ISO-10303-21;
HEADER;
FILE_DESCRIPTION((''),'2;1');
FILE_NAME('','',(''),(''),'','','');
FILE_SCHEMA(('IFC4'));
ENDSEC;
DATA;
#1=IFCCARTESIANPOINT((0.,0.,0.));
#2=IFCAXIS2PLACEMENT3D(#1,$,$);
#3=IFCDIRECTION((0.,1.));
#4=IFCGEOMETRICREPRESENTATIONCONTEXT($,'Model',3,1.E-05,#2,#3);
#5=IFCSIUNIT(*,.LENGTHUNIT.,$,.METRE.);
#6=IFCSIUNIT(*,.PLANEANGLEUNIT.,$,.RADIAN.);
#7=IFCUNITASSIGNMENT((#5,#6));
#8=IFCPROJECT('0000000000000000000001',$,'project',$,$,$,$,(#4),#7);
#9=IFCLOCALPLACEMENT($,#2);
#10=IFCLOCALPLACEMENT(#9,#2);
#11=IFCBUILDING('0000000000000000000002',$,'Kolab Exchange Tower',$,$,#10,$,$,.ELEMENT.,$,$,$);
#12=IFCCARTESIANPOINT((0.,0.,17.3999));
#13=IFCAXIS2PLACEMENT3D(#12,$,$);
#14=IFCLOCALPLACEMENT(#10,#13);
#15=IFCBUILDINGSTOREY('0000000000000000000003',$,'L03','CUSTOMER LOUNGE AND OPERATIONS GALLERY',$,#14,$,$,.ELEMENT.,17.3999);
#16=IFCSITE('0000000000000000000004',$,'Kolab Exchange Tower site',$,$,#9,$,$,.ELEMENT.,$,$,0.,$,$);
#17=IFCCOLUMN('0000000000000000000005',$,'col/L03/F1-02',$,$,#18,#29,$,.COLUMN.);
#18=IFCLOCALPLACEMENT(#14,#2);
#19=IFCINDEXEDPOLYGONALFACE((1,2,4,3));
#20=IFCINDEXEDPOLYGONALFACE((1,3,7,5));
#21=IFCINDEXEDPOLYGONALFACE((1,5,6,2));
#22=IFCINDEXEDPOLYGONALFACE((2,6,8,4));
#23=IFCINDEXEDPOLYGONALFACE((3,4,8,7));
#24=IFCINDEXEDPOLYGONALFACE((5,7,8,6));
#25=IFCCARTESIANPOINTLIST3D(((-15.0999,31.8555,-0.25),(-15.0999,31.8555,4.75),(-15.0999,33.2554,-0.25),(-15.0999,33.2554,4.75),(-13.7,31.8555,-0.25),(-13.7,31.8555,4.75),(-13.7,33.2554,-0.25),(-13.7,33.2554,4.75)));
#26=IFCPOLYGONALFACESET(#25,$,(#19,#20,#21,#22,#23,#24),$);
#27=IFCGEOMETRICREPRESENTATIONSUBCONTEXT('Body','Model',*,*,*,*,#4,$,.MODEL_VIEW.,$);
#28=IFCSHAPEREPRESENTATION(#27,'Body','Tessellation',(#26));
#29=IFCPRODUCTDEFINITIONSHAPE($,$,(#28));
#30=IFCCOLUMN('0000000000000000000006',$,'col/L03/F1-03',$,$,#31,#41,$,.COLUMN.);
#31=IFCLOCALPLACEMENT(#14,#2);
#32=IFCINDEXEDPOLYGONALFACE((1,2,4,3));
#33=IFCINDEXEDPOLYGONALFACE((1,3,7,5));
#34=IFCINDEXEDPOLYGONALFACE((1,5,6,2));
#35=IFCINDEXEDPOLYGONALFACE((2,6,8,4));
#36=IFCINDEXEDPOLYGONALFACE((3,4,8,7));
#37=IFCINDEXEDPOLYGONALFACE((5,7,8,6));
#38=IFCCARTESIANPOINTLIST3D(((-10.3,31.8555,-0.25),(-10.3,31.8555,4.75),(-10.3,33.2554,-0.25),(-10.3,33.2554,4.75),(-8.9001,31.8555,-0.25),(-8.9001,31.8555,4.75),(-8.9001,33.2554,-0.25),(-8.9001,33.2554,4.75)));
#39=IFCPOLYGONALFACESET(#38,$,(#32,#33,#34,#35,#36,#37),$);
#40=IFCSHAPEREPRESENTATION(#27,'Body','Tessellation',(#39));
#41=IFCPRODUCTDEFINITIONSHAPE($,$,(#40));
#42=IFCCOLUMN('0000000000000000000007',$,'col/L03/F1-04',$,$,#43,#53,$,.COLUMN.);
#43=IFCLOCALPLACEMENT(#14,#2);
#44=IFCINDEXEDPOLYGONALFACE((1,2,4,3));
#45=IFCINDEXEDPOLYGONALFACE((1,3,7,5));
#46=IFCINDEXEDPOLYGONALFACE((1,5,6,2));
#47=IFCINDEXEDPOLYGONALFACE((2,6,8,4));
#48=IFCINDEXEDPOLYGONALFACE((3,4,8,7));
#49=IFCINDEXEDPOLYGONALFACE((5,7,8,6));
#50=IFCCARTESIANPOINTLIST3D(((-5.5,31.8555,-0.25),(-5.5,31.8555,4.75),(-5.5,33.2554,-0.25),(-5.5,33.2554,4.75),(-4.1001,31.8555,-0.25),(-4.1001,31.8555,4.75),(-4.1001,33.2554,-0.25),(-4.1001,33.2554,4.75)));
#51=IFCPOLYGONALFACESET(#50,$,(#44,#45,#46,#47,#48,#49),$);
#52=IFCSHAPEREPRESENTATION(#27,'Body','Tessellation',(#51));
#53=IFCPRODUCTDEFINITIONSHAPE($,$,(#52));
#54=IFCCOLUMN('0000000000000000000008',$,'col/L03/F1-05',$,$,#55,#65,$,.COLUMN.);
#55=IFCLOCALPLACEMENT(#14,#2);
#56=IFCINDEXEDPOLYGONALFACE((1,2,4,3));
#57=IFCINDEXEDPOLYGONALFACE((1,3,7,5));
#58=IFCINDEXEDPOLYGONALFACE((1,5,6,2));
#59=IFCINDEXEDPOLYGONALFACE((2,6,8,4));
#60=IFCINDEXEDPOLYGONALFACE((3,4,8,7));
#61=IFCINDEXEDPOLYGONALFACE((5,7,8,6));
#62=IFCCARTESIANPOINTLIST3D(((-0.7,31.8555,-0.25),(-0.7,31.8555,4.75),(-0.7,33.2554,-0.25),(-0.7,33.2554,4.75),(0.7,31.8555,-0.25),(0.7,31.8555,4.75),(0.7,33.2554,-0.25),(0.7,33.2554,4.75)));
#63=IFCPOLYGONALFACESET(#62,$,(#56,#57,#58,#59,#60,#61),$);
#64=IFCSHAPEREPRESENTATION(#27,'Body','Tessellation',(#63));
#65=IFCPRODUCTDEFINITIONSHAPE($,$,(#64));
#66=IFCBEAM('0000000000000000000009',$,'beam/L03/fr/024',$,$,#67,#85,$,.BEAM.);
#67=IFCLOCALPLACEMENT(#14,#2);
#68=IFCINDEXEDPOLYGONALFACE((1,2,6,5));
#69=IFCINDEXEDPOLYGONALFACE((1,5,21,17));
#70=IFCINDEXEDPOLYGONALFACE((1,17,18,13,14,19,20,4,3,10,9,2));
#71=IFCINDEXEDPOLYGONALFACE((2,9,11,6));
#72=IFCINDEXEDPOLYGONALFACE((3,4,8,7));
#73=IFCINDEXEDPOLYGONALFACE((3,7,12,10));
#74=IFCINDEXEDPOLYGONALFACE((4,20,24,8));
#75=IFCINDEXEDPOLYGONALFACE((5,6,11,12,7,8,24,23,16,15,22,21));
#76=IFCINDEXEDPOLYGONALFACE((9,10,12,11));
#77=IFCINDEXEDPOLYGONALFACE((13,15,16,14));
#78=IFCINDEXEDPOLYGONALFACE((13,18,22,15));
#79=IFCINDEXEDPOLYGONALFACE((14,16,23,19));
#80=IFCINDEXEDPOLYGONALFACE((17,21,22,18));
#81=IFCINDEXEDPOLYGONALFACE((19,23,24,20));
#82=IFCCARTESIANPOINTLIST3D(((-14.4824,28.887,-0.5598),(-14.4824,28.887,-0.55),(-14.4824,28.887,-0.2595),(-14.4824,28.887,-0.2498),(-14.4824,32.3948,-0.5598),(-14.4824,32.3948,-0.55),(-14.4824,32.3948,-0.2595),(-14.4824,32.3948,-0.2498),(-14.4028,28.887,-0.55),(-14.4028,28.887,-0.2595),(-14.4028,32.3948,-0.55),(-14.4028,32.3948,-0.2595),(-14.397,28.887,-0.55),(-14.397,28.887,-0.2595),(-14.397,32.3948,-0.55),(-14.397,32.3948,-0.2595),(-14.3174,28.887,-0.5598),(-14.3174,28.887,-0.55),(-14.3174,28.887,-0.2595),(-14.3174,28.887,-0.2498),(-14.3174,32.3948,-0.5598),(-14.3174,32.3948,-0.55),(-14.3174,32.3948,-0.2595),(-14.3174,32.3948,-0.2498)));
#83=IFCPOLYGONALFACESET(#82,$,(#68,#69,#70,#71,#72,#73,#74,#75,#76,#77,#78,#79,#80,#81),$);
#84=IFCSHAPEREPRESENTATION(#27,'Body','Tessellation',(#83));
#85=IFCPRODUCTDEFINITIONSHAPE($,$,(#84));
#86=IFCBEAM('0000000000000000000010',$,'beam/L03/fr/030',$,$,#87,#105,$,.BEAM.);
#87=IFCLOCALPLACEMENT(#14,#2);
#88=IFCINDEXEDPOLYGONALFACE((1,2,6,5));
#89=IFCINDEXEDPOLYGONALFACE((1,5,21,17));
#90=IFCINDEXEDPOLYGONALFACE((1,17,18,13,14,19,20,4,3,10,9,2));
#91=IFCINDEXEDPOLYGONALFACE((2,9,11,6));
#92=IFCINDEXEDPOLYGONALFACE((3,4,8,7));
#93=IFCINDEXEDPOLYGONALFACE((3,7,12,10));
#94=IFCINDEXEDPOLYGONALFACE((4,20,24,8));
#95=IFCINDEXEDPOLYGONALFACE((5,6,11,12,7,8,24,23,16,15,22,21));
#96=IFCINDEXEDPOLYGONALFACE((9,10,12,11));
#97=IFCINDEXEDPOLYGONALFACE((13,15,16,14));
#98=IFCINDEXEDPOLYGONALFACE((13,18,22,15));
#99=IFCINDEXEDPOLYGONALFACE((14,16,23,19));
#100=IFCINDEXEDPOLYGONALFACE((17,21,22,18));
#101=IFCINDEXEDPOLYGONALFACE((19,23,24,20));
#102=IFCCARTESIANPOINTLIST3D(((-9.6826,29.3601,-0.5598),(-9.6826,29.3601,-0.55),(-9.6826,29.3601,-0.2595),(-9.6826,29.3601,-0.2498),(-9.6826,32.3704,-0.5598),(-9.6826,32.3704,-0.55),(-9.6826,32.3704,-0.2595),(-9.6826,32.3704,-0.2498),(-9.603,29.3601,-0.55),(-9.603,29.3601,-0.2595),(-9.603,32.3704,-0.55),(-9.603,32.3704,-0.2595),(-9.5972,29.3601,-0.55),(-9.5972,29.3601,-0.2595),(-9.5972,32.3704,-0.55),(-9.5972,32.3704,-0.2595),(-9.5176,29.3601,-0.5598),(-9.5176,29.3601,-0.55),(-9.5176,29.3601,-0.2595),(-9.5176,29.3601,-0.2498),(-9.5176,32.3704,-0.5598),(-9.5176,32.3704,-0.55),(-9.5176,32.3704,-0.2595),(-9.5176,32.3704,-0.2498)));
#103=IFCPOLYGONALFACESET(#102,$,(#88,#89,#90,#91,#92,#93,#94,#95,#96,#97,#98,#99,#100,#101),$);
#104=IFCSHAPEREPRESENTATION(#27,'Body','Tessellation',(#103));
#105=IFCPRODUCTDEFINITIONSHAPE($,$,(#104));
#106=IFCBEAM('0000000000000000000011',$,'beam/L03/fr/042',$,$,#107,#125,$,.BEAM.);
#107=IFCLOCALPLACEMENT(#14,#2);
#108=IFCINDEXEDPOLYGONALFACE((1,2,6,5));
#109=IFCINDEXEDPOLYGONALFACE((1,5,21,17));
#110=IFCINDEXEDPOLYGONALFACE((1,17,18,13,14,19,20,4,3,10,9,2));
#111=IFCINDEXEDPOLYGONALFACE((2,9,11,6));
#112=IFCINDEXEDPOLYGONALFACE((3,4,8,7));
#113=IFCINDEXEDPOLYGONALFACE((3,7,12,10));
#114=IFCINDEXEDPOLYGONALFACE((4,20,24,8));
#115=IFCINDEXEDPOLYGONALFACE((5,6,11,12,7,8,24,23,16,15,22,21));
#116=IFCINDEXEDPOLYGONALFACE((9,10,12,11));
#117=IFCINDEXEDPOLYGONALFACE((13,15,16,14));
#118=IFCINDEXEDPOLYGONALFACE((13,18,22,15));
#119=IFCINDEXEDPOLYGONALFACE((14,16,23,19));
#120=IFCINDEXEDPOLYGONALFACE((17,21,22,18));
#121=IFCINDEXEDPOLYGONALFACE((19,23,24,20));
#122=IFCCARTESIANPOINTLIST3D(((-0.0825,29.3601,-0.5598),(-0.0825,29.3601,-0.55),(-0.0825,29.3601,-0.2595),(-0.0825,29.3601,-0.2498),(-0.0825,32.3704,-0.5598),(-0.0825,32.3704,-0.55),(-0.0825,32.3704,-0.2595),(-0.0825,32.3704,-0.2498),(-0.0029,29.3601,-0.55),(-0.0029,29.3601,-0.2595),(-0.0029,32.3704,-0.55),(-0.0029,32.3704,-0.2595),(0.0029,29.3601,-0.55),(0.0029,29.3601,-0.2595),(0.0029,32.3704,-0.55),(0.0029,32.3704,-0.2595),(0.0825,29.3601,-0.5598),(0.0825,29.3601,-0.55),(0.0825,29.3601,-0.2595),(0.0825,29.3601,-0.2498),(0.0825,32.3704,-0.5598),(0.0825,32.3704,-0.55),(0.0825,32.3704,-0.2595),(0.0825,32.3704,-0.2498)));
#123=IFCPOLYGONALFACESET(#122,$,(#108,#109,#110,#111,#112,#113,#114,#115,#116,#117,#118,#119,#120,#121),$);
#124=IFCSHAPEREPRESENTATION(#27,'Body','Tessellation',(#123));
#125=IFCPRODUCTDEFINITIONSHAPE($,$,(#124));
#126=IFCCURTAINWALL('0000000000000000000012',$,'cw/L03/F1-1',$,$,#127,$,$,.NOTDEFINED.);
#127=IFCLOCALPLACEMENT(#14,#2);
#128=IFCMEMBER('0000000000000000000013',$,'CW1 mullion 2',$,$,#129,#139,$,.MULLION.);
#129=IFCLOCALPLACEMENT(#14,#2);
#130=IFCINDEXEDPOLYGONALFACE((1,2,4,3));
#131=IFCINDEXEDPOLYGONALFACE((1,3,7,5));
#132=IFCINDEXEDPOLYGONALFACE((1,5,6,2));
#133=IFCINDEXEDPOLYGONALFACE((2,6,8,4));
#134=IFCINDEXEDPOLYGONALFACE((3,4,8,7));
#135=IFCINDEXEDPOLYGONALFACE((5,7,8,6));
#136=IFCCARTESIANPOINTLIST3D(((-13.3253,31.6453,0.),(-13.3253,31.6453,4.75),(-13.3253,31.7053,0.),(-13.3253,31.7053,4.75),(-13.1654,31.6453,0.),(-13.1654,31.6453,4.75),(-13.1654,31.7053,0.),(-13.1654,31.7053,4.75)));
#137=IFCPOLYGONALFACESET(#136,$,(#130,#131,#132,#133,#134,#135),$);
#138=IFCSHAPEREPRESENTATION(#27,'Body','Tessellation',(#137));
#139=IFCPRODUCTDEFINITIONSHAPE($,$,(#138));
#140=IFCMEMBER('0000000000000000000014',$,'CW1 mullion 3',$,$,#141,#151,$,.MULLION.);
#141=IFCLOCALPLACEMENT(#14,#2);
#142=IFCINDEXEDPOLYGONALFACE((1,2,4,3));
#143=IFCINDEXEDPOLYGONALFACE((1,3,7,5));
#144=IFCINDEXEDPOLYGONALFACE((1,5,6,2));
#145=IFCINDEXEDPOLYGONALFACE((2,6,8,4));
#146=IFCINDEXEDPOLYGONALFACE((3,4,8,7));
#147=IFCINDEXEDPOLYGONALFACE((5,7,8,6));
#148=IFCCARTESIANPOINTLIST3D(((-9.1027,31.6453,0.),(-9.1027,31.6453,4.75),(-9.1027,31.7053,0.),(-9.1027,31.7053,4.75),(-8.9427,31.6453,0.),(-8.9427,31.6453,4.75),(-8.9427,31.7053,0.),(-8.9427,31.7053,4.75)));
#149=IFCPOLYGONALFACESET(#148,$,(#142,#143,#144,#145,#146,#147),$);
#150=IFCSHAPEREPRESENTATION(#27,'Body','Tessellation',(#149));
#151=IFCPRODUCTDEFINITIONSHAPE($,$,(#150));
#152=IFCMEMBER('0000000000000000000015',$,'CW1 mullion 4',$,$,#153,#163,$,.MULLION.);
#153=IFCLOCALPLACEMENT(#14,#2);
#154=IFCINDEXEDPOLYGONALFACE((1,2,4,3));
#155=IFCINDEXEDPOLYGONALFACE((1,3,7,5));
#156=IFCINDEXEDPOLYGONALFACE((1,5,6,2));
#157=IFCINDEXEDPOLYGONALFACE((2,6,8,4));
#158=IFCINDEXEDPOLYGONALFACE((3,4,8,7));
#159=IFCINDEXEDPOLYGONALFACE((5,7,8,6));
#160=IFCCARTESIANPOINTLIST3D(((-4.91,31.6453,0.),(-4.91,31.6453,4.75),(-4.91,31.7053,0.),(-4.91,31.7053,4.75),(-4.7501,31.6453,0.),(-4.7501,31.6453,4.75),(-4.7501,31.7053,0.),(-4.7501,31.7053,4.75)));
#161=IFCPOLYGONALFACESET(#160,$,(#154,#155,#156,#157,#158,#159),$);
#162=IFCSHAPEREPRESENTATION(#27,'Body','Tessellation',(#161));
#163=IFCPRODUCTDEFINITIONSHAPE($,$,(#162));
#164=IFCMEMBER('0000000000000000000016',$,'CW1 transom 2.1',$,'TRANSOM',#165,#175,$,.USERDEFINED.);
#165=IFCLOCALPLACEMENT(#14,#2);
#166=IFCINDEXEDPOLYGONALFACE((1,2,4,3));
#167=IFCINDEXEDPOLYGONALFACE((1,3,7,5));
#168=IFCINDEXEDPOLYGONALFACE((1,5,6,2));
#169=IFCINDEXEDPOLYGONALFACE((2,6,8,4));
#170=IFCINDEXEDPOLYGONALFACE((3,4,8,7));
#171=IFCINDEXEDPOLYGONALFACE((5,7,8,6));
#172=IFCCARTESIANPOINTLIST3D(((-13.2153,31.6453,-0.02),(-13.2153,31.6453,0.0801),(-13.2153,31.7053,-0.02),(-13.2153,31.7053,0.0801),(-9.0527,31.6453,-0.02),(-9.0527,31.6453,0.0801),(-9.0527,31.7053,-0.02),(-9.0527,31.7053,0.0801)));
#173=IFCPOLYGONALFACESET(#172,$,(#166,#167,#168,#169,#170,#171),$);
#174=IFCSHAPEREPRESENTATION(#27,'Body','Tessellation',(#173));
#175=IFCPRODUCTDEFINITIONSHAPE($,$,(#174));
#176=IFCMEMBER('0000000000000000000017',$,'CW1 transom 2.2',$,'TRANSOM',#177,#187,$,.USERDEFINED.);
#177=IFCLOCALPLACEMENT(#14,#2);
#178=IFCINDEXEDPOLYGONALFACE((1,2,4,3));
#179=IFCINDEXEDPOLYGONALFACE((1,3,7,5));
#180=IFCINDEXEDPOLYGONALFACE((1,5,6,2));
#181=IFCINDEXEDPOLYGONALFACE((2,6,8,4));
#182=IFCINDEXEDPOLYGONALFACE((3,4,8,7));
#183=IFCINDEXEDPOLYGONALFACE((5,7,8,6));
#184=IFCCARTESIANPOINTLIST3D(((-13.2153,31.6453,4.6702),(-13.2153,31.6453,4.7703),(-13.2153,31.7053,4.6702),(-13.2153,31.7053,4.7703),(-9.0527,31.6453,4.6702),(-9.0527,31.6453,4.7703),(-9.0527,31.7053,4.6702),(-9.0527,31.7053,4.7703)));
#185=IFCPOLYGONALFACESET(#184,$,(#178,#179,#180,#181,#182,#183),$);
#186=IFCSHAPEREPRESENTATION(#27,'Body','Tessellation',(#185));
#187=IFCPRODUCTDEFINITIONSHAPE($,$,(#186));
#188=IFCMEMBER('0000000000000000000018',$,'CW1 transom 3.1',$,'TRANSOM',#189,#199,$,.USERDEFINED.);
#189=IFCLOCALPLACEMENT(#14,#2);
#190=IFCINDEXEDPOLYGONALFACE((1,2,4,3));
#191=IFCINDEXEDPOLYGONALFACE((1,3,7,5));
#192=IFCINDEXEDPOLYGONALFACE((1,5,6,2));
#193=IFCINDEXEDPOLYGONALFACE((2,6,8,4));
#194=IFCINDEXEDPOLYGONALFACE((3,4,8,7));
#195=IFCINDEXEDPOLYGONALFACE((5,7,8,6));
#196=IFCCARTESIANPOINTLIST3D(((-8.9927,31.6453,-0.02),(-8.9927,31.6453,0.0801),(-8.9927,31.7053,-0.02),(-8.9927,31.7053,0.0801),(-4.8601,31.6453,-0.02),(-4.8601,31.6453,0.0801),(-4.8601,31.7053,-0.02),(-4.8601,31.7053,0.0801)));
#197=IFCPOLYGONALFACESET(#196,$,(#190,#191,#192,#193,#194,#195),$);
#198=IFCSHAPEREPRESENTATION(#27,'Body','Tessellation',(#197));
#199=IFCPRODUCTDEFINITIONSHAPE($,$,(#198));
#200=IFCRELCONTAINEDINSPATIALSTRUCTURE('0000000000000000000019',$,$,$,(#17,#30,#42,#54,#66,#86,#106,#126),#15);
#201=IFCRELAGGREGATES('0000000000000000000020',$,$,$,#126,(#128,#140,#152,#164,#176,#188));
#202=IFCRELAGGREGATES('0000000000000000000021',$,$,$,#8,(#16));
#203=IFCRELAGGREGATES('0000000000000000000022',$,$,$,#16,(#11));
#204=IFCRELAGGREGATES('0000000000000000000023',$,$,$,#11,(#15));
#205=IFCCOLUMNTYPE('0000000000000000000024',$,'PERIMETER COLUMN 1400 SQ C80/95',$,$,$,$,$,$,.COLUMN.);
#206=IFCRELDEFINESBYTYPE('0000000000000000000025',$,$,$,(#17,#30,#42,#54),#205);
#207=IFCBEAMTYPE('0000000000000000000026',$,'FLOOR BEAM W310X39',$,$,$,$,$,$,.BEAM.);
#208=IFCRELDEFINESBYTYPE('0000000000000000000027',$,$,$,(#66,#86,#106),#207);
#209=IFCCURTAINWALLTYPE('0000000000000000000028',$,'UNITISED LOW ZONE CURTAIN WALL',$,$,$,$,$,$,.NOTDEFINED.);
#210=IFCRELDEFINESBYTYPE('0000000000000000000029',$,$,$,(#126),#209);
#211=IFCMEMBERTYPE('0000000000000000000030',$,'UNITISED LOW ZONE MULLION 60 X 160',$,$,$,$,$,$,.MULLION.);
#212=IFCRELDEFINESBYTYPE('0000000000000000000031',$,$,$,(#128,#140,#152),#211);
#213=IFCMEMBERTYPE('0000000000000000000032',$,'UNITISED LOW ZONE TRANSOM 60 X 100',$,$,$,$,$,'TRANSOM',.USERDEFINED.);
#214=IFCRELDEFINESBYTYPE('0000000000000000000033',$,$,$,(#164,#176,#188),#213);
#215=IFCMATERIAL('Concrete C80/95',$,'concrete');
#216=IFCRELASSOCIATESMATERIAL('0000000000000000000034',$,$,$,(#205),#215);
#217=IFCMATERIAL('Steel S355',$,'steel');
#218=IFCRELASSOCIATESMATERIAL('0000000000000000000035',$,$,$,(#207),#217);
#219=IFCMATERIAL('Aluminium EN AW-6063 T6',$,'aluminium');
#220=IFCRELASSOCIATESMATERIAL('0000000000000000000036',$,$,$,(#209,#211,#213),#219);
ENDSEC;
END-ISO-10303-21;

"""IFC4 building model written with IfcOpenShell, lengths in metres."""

from ifc_helpers import new_model, si_unit, direction, frame, origin, origin_2d, place, context, subcontext, project, spatial, rectangle, i_section, extrude, material, material_profile, profile_set, type_object, element, aggregate, save


model = new_model("IFC4")

# Units and contexts
model_context = context("Model", 3, precision=1e-05, world=origin(), true_north=direction((0.0, 1.0)))
body_context = subcontext(model_context, "Body", "Model", "MODEL_VIEW")
ifc_project = project(units=[si_unit("LENGTHUNIT", "METRE"), si_unit("PLANEANGLEUNIT", "RADIAN")], contexts=[model_context])

# Site, building, storey
site_placement = place(None, origin())
site = spatial("IfcSite", under=ifc_project, at=site_placement, Name="Kolab Exchange Tower site", CompositionType="ELEMENT", RefElevation=0.0)
building_placement = place(site_placement, origin())
building = spatial("IfcBuilding", under=site, at=building_placement, Name="Kolab Exchange Tower", CompositionType="ELEMENT")
storey_placement = place(building_placement, frame((0.0, 0.0, 17.3999)))
storey = spatial("IfcBuildingStorey", under=building, at=storey_placement, Name="L03", Description="CUSTOMER LOUNGE AND OPERATIONS GALLERY", CompositionType="ELEMENT", Elevation=17.3999)

# Columns
ifc_material_1 = material(Name="Concrete C80/95", Category="concrete")
ifc_material_profile_1 = material_profile(ifc_material_1, rectangle(XDim=1.3999, YDim=1.3999, at=origin_2d()), Name="RC1400")
ifc_profile_set_1 = profile_set([ifc_material_profile_1], Name="Concrete C80/95")
column_type = type_object("IfcColumnType", Name="PERIMETER COLUMN 1400 SQ C80/95", PredefinedType="COLUMN", material=ifc_profile_set_1)
for number, where, z_axis, x_axis, name in (
    (1, (-14.3999, 32.5554, -0.25), (0.0, 0.0, 1.0), (1.0, 0.0, 0.0), "col/L03/F1-02"),
    (2, (-9.6001, 32.5554, -0.25), (0.0, 0.0, 1.0), (1.0, 0.0, 0.0), "col/L03/F1-03"),
    (3, (-4.8, 32.5554, -0.25), (0.0, 0.0, 1.0), (1.0, 0.0, 0.0), "col/L03/F1-04"),
    (4, (0.0, 32.5554, -0.25), (0.0, 0.0, 1.0), (1.0, 0.0, 0.0), "col/L03/F1-05"),
):
    element("IfcColumn", number, at=place(storey_placement, frame(where, z_axis=z_axis, x_axis=x_axis)), inside=storey, type_object=column_type, Name=name, PredefinedType="COLUMN", context=body_context, shape_type="SweptSolid", body=[
        extrude(rectangle(XDim=1.3999, YDim=1.3999, at=origin_2d()), origin(), (0.0, 0.0, 1.0), 5.0),
    ])

# Beams
ifc_material_2 = material(Name="Steel S355", Category="steel")
ifc_material_profile_2 = material_profile(ifc_material_2, i_section(OverallWidth=0.165, OverallDepth=0.3101, WebThickness=0.0059, FlangeThickness=0.0098, at=origin_2d()), Name="W310X39")
ifc_profile_set_2 = profile_set([ifc_material_profile_2], Name="Steel S355")
beam_type = type_object("IfcBeamType", Name="FLOOR BEAM W310X39", PredefinedType="BEAM", material=ifc_profile_set_2)
beam_placement = place(storey_placement, frame((-14.3999, 28.887, -0.4048), z_axis=(0.0, 1.0, 0.0), x_axis=(-1.0, 0.0, 0.0)))
element("IfcBeam", 5, at=beam_placement, inside=storey, type_object=beam_type, Name="beam/L03/fr/024", PredefinedType="BEAM", context=body_context, shape_type="SweptSolid", body=[
    extrude(i_section(OverallWidth=0.165, OverallDepth=0.3101, WebThickness=0.0059, FlangeThickness=0.0098, at=origin_2d()), origin(), (0.0, 0.0, 1.0), 3.5078),
])
for number, where, z_axis, x_axis, name in (
    (6, (-9.6001, 29.3601, -0.4048), (0.0, 1.0, 0.0), (-1.0, 0.0, 0.0), "beam/L03/fr/030"),
    (7, (0.0, 29.3601, -0.4048), (0.0, 1.0, 0.0), (-1.0, 0.0, 0.0), "beam/L03/fr/042"),
):
    element("IfcBeam", number, at=place(storey_placement, frame(where, z_axis=z_axis, x_axis=x_axis)), inside=storey, type_object=beam_type, Name=name, PredefinedType="BEAM", context=body_context, shape_type="SweptSolid", body=[
        extrude(i_section(OverallWidth=0.165, OverallDepth=0.3101, WebThickness=0.0059, FlangeThickness=0.0098, at=origin_2d()), origin(), (0.0, 0.0, 1.0), 3.0103),
    ])

# Curtain wall, members
ifc_material_3 = material(Name="Aluminium EN AW-6063 T6", Category="aluminium")
curtain_wall_type = type_object("IfcCurtainWallType", Name="UNITISED LOW ZONE CURTAIN WALL", PredefinedType="NOTDEFINED", material=ifc_material_3)
curtain_wall_placement = place(storey_placement, origin())
curtain_wall = element("IfcCurtainWall", 8, at=curtain_wall_placement, inside=storey, type_object=curtain_wall_type, Name="cw/L03/F1-1", PredefinedType="NOTDEFINED")
ifc_material_profile_3 = material_profile(ifc_material_3, rectangle(XDim=0.0601, YDim=0.1599, at=origin_2d()), Name="RECT 60X160")
ifc_profile_set_3 = profile_set([ifc_material_profile_3], Name="Aluminium EN AW-6063 T6")
member_type_1 = type_object("IfcMemberType", Name="UNITISED LOW ZONE MULLION 60 X 160", PredefinedType="MULLION", material=ifc_profile_set_3)
member_1_placement = place(storey_placement, frame((-13.2454, 31.6753, 0.0), z_axis=(0.0, 0.0, 1.0), x_axis=(0.0, 1.0, 0.0)))
member_1 = element("IfcMember", 9, at=member_1_placement, type_object=member_type_1, Name="CW1 mullion 2", PredefinedType="MULLION", context=body_context, shape_type="SweptSolid", body=[
    extrude(rectangle(XDim=0.0601, YDim=0.1599, at=origin_2d()), origin(), (0.0, 0.0, 1.0), 4.75),
])
member_2_placement = place(storey_placement, frame((-9.0227, 31.6753, 0.0), z_axis=(0.0, 0.0, 1.0), x_axis=(0.0, 1.0, 0.0)))
member_2 = element("IfcMember", 10, at=member_2_placement, type_object=member_type_1, Name="CW1 mullion 3", PredefinedType="MULLION", context=body_context, shape_type="SweptSolid", body=[
    extrude(rectangle(XDim=0.0601, YDim=0.1599, at=origin_2d()), origin(), (0.0, 0.0, 1.0), 4.75),
])
member_3_placement = place(storey_placement, frame((-4.8301, 31.6753, 0.0), z_axis=(0.0, 0.0, 1.0), x_axis=(0.0, 1.0, 0.0)))
member_3 = element("IfcMember", 11, at=member_3_placement, type_object=member_type_1, Name="CW1 mullion 4", PredefinedType="MULLION", context=body_context, shape_type="SweptSolid", body=[
    extrude(rectangle(XDim=0.0601, YDim=0.1599, at=origin_2d()), origin(), (0.0, 0.0, 1.0), 4.75),
])
ifc_material_profile_4 = material_profile(ifc_material_3, rectangle(XDim=0.0601, YDim=0.1001, at=origin_2d()), Name="RECT 60X100")
ifc_profile_set_4 = profile_set([ifc_material_profile_4], Name="Aluminium EN AW-6063 T6")
member_type_2 = type_object("IfcMemberType", Name="UNITISED LOW ZONE TRANSOM 60 X 100", ElementType="TRANSOM", PredefinedType="USERDEFINED", material=ifc_profile_set_4)
member_4_placement = place(storey_placement, frame((-13.2153, 31.6753, 0.03), z_axis=(1.0, 0.0, 0.0), x_axis=(0.0, 1.0, 0.0)))
member_4 = element("IfcMember", 12, at=member_4_placement, type_object=member_type_2, Name="CW1 transom 2.1", ObjectType="TRANSOM", PredefinedType="USERDEFINED", context=body_context, shape_type="SweptSolid", body=[
    extrude(rectangle(XDim=0.0601, YDim=0.1001, at=origin_2d()), origin(), (0.0, 0.0, 1.0), 4.1626),
])
member_5_placement = place(storey_placement, frame((-13.2153, 31.6753, 4.7202), z_axis=(1.0, 0.0, 0.0), x_axis=(0.0, 1.0, 0.0)))
member_5 = element("IfcMember", 13, at=member_5_placement, type_object=member_type_2, Name="CW1 transom 2.2", ObjectType="TRANSOM", PredefinedType="USERDEFINED", context=body_context, shape_type="SweptSolid", body=[
    extrude(rectangle(XDim=0.0601, YDim=0.1001, at=origin_2d()), origin(), (0.0, 0.0, 1.0), 4.1626),
])
member_6_placement = place(storey_placement, frame((-8.9927, 31.6753, 0.03), z_axis=(1.0, 0.0, 0.0), x_axis=(0.0, 1.0, 0.0)))
member_6 = element("IfcMember", 14, at=member_6_placement, type_object=member_type_2, Name="CW1 transom 3.1", ObjectType="TRANSOM", PredefinedType="USERDEFINED", context=body_context, shape_type="SweptSolid", body=[
    extrude(rectangle(XDim=0.0601, YDim=0.1001, at=origin_2d()), origin(), (0.0, 0.0, 1.0), 4.1326),
])
aggregate(curtain_wall, [member_1, member_2, member_3, member_4, member_5, member_6])

save(model, "model.ifc")
